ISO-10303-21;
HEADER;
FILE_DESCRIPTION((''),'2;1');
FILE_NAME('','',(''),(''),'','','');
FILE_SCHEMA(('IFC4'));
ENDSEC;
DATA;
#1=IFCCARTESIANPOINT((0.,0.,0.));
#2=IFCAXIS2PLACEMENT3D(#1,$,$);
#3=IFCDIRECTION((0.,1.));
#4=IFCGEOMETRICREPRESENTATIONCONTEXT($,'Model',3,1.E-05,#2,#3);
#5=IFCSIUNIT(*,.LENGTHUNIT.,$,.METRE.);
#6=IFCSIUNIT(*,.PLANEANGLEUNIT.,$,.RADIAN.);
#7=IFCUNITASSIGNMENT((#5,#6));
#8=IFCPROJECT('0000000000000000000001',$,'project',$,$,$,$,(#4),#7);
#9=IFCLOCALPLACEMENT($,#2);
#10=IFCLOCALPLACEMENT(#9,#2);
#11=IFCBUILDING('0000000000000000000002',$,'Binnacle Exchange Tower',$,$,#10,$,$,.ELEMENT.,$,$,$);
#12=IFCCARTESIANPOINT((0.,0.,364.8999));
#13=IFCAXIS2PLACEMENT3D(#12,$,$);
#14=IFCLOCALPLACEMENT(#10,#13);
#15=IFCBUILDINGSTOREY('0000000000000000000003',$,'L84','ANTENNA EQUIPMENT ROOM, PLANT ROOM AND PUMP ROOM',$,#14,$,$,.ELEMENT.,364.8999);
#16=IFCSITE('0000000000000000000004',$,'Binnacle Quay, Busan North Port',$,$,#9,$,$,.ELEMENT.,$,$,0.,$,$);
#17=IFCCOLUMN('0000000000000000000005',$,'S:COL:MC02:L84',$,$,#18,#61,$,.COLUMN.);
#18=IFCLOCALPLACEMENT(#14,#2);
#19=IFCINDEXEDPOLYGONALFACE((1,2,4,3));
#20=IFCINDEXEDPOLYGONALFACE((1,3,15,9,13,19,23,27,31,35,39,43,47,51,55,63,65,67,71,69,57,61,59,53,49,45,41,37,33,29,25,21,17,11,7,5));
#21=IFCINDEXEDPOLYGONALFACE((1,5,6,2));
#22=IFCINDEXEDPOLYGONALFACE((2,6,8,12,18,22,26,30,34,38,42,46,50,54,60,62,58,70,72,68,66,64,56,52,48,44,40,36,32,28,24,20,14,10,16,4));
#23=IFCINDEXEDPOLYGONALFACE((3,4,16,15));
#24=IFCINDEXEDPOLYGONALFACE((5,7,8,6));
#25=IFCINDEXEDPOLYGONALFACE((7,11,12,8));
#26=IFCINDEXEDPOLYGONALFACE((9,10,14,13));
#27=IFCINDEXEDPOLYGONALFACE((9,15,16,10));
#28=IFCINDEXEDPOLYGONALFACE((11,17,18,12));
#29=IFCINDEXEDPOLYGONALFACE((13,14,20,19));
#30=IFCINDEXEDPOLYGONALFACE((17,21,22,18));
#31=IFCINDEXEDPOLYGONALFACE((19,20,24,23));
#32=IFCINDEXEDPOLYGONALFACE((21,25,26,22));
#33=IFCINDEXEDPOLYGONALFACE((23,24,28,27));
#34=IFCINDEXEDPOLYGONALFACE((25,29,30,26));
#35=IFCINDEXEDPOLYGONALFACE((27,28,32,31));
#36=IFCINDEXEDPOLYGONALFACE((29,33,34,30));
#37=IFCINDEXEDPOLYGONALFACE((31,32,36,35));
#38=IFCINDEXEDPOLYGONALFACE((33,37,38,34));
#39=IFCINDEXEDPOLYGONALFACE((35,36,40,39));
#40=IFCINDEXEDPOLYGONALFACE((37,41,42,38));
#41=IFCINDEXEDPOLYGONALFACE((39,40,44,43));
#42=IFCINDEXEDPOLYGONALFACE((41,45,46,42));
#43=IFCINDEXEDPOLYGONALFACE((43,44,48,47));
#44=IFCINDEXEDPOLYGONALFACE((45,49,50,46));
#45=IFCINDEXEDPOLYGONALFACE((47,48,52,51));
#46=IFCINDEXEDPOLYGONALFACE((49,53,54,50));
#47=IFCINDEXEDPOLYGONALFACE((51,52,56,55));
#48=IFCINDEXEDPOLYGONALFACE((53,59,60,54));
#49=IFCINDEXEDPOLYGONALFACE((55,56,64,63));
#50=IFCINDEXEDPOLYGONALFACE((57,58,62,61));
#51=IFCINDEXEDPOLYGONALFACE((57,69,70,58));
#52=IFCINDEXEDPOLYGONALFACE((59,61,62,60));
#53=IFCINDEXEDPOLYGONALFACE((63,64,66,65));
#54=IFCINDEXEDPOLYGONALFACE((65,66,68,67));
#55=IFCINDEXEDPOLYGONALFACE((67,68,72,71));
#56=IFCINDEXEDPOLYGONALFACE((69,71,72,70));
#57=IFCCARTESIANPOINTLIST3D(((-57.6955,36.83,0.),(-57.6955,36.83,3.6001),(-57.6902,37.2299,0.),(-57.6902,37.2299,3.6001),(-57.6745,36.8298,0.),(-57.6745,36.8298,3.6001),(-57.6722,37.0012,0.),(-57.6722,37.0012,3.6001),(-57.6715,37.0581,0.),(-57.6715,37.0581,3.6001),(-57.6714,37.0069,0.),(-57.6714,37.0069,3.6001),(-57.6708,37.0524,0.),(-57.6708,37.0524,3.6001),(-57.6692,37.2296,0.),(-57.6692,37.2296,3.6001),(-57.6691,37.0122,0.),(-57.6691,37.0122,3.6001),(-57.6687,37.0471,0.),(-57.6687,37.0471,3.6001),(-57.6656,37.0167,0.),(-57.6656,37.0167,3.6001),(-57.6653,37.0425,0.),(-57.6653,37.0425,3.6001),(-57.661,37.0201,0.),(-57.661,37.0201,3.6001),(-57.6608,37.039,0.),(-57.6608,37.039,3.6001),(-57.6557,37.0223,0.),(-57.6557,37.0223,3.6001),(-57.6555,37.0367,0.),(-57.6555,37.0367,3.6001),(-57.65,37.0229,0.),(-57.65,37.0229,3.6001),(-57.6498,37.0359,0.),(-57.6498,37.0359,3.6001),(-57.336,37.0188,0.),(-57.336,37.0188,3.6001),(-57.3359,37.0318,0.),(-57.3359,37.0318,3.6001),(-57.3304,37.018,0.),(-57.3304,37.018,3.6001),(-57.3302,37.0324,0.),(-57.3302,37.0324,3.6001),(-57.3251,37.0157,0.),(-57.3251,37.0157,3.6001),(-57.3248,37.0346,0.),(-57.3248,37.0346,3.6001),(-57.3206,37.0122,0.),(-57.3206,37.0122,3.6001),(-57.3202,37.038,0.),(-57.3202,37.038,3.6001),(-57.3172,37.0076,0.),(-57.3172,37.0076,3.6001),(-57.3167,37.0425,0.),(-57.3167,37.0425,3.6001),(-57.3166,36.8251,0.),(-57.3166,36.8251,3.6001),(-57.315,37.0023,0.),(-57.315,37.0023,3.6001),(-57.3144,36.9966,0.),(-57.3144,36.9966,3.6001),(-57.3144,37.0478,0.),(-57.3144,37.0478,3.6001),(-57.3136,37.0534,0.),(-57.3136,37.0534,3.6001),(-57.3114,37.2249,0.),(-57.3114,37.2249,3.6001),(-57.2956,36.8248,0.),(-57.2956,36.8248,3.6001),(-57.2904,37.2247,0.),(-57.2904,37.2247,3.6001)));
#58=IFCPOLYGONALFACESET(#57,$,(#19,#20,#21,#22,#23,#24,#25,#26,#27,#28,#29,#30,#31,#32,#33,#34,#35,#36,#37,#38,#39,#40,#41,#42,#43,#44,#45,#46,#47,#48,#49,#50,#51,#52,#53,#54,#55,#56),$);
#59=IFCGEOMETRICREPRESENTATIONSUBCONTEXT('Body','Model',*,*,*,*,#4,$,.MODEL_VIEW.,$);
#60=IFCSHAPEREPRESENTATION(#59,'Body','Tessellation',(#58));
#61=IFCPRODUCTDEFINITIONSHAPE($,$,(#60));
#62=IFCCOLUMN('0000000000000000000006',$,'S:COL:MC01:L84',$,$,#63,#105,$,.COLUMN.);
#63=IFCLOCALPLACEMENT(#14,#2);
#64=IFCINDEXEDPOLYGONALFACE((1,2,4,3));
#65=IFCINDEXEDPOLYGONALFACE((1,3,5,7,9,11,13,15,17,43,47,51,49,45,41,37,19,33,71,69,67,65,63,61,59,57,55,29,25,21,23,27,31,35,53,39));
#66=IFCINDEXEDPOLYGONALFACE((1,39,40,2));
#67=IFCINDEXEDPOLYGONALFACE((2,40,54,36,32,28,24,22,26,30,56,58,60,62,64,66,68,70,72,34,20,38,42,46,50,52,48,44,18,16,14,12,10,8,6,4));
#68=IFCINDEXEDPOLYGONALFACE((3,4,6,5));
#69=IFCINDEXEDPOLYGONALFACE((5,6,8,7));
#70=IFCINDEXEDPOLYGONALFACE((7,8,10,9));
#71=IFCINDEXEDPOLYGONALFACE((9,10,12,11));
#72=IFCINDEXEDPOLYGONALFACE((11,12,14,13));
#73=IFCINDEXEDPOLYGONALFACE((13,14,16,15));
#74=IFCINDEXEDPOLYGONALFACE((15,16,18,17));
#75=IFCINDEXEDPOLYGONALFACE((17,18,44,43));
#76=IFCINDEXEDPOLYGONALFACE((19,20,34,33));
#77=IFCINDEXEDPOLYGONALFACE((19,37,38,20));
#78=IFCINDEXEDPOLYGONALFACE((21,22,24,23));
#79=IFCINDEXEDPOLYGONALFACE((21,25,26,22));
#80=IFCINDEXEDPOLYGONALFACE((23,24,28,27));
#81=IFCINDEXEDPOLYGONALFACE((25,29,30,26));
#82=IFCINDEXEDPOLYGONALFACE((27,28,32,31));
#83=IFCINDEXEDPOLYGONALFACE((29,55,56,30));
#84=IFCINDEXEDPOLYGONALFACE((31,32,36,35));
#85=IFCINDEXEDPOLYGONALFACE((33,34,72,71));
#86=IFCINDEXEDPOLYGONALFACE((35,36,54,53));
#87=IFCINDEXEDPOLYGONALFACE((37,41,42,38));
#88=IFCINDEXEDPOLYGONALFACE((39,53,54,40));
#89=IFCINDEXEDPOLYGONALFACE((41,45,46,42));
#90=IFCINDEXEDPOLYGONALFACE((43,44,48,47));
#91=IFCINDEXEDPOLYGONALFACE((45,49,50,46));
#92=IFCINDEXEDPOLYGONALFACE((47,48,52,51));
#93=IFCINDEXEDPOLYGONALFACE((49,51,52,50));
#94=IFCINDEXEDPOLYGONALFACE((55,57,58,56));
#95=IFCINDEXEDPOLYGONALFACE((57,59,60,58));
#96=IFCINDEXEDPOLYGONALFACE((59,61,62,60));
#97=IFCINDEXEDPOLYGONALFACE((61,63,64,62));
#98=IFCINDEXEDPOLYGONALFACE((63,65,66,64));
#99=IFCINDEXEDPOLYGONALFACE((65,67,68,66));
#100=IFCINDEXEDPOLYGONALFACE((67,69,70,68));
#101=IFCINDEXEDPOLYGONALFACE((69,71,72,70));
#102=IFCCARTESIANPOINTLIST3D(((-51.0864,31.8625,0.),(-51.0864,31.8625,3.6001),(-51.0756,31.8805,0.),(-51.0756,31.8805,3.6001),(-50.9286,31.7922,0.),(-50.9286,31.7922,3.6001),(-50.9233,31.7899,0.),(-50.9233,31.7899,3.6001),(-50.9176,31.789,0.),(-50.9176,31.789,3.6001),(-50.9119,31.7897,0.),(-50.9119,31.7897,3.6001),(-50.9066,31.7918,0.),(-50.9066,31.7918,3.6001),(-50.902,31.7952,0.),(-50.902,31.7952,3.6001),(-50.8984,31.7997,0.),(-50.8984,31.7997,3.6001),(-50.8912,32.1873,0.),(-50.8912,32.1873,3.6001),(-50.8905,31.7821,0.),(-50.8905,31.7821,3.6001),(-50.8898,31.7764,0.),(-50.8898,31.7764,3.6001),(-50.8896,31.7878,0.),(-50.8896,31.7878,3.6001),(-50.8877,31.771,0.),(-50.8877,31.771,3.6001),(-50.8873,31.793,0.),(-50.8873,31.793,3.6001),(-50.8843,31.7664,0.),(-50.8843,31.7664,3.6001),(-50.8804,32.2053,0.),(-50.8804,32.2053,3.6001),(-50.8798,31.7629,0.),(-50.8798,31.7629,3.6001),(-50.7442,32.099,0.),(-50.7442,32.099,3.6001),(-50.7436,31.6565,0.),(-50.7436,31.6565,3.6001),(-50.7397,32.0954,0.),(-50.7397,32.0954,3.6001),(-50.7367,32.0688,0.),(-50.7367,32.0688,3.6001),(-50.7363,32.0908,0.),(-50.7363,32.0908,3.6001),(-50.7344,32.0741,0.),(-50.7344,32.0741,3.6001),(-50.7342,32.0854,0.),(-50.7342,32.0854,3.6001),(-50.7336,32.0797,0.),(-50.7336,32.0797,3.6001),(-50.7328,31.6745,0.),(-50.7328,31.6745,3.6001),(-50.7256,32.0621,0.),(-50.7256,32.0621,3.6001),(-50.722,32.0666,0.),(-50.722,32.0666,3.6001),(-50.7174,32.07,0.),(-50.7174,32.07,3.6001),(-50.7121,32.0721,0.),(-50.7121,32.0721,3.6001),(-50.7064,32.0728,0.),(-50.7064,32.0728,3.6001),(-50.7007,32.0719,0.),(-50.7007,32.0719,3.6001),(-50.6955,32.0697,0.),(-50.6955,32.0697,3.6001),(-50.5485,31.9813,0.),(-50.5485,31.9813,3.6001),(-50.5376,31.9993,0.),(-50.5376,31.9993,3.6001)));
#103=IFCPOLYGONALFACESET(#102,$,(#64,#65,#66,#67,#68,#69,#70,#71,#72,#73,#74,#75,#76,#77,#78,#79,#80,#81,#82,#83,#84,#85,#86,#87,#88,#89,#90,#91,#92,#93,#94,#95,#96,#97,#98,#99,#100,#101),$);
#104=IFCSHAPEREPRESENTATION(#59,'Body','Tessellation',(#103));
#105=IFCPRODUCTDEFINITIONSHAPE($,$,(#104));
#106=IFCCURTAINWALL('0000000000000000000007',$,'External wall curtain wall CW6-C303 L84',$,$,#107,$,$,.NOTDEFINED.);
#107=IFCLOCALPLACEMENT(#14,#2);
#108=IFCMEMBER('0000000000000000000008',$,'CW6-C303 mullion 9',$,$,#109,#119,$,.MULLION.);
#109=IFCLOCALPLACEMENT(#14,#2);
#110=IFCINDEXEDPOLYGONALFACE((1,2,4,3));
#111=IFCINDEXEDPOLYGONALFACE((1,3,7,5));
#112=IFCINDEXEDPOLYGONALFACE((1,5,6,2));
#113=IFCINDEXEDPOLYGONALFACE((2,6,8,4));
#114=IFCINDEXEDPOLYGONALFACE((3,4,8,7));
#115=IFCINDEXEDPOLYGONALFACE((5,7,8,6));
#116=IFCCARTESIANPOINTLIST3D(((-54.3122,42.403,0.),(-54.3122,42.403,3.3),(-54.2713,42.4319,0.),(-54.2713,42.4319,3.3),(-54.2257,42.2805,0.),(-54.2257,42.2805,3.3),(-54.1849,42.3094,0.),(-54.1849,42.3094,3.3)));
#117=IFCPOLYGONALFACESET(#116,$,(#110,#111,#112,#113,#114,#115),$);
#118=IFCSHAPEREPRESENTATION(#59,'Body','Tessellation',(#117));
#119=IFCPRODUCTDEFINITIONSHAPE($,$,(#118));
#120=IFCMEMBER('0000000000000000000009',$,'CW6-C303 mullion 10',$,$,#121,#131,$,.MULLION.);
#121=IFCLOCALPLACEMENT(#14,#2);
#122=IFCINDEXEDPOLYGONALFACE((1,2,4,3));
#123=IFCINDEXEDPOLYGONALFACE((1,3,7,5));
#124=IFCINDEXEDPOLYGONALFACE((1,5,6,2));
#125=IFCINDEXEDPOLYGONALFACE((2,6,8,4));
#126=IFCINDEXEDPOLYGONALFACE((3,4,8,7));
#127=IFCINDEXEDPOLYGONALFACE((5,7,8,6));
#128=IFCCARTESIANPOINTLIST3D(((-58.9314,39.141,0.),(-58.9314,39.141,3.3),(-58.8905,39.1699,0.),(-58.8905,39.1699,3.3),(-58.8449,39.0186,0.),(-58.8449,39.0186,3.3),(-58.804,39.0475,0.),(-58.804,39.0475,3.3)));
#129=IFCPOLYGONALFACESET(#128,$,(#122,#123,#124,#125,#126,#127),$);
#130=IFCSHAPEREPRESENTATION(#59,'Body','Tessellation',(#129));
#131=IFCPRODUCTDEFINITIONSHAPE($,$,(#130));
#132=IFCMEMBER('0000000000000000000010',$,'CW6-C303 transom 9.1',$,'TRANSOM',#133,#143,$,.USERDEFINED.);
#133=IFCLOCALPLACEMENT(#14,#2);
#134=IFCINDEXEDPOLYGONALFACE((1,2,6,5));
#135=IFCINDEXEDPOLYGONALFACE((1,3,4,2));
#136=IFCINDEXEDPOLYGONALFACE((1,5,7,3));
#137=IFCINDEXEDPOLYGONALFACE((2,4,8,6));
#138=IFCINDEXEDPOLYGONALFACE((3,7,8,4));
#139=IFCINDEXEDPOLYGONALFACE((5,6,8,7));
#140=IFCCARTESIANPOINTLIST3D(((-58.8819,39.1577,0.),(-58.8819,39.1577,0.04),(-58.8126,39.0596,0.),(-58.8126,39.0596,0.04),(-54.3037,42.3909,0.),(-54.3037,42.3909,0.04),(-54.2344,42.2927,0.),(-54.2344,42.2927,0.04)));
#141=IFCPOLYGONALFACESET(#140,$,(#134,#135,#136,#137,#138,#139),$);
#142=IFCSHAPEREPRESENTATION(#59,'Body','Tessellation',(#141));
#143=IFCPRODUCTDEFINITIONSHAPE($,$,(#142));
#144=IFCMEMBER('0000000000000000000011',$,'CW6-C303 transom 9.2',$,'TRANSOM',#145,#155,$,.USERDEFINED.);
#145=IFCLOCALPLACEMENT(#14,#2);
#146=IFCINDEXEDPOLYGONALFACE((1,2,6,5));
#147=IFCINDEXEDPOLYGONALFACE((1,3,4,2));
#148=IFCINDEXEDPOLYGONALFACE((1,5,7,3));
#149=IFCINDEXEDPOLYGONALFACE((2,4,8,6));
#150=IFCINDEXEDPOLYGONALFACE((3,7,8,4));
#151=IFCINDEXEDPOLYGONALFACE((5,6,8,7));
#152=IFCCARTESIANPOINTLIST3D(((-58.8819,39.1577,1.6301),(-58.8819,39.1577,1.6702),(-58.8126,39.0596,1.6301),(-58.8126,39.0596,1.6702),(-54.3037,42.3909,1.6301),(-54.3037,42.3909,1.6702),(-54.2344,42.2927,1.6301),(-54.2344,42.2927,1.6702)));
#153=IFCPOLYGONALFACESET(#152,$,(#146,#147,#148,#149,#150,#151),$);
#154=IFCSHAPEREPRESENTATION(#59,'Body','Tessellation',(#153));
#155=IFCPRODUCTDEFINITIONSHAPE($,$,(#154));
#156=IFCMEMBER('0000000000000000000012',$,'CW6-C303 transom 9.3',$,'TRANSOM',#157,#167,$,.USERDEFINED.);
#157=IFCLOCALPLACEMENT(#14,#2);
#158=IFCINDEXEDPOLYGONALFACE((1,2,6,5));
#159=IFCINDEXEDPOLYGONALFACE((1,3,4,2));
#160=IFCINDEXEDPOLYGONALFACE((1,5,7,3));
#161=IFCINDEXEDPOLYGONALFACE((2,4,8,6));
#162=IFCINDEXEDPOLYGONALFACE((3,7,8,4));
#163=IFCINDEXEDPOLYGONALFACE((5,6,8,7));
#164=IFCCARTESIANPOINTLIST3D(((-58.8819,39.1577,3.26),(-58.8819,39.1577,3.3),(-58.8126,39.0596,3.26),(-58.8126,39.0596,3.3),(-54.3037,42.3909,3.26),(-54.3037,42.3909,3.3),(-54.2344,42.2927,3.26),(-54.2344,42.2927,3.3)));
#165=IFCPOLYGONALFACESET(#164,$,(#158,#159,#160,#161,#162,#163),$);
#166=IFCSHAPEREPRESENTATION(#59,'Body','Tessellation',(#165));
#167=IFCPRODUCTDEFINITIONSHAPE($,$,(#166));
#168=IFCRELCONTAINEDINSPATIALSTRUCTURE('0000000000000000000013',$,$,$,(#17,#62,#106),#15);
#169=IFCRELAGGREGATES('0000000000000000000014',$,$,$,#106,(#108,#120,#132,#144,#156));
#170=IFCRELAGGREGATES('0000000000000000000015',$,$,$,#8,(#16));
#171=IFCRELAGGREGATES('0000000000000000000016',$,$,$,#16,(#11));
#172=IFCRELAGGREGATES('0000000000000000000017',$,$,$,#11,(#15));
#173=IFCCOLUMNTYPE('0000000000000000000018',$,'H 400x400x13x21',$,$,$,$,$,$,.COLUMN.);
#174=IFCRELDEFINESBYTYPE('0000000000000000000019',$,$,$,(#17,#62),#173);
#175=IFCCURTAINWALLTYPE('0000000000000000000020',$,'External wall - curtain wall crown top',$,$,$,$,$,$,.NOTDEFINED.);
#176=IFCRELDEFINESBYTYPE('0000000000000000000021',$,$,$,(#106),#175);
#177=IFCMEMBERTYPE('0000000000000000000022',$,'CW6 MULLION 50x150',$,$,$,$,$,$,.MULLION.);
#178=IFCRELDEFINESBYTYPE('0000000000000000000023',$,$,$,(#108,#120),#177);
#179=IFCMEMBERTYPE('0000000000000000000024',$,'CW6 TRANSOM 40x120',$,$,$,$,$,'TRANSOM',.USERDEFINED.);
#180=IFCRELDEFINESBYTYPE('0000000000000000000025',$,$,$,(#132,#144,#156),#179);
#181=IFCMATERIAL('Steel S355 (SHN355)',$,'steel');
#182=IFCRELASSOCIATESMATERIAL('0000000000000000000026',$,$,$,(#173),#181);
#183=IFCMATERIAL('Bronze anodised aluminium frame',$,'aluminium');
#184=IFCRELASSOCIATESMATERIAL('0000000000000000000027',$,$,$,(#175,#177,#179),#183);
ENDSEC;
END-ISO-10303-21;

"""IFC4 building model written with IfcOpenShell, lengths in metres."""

from ifc_helpers import new_model, si_unit, direction, frame, origin, origin_2d, place, context, subcontext, project, spatial, rectangle, i_section, extrude, material, material_profile, profile_set, type_object, element, aggregate, save


model = new_model("IFC4")

# Units and contexts
model_context = context("Model", 3, precision=1e-05, world=origin(), true_north=direction((0.0, 1.0)))
body_context = subcontext(model_context, "Body", "Model", "MODEL_VIEW")
ifc_project = project(units=[si_unit("LENGTHUNIT", "METRE"), si_unit("PLANEANGLEUNIT", "RADIAN")], contexts=[model_context])

# Site, building, storey
site_placement = place(None, origin())
site = spatial("IfcSite", under=ifc_project, at=site_placement, Name="Binnacle Quay, Busan North Port", CompositionType="ELEMENT", RefElevation=0.0)
building_placement = place(site_placement, origin())
building = spatial("IfcBuilding", under=site, at=building_placement, Name="Binnacle Exchange Tower", CompositionType="ELEMENT")
storey_placement = place(building_placement, frame((0.0, 0.0, 364.8999)))
storey = spatial("IfcBuildingStorey", under=building, at=storey_placement, Name="L84", Description="ANTENNA EQUIPMENT ROOM, PLANT ROOM AND PUMP ROOM", CompositionType="ELEMENT", Elevation=364.8999)

# Columns
ifc_material_1 = material(Name="Steel S355 (SHN355)", Category="steel")
ifc_material_profile_1 = material_profile(ifc_material_1, i_section(OverallWidth=0.3999, OverallDepth=0.3999, WebThickness=0.0129, FlangeThickness=0.021, FilletRadius=0.022, at=origin_2d()), Name="H 400x400x13x21")
ifc_profile_set_1 = profile_set([ifc_material_profile_1], Name="Steel S355 (SHN355)")
column_type = type_object("IfcColumnType", Name="H 400x400x13x21", PredefinedType="COLUMN", material=ifc_profile_set_1)
for number, where, z_axis, x_axis, name in (
    (1, (-57.4929, 37.0273, 0.0), (0.0, 0.0, 1.0), (-0.01309, -0.999914, 0.0), "S:COL:MC02:L84"),
    (2, (-50.812, 31.9309, 0.0), (0.0, 0.0, 1.0), (0.857167, -0.515038, 0.0), "S:COL:MC01:L84"),
):
    element("IfcColumn", number, at=place(storey_placement, frame(where, z_axis=z_axis, x_axis=x_axis)), inside=storey, type_object=column_type, Name=name, PredefinedType="COLUMN", context=body_context, shape_type="SweptSolid", body=[
        extrude(i_section(OverallWidth=0.3999, OverallDepth=0.3999, WebThickness=0.0129, FlangeThickness=0.021, FilletRadius=0.022, at=origin_2d()), origin(), (0.0, 0.0, 1.0), 3.6001),
    ])

# Curtain wall, members
ifc_material_2 = material(Name="Bronze anodised aluminium frame", Category="aluminium")
curtain_wall_type = type_object("IfcCurtainWallType", Name="External wall - curtain wall crown top", PredefinedType="NOTDEFINED", material=ifc_material_2)
curtain_wall_placement = place(storey_placement, origin())
curtain_wall = element("IfcCurtainWall", 3, at=curtain_wall_placement, inside=storey, type_object=curtain_wall_type, Name="External wall curtain wall CW6-C303 L84", PredefinedType="NOTDEFINED")
ifc_material_profile_2 = material_profile(ifc_material_2, rectangle(XDim=0.1499, YDim=0.05, at=origin_2d()), Name="AL 50x150")
ifc_profile_set_2 = profile_set([ifc_material_profile_2], Name="Bronze anodised aluminium frame")
member_type_1 = type_object("IfcMemberType", Name="CW6 MULLION 50x150", PredefinedType="MULLION", material=ifc_profile_set_2)
member_1_placement = place(storey_placement, frame((-54.2485, 42.3562, 0.0), z_axis=(0.0, 0.0, 1.0), x_axis=(0.576854, -0.816847, 0.0)))
member_1 = element("IfcMember", 4, at=member_1_placement, type_object=member_type_1, Name="CW6-C303 mullion 9", PredefinedType="MULLION", context=body_context, shape_type="SweptSolid", body=[
    extrude(rectangle(XDim=0.1499, YDim=0.05, at=origin_2d()), origin(), (0.0, 0.0, 1.0), 3.3),
])
member_2_placement = place(storey_placement, frame((-58.8677, 39.0942, 0.0), z_axis=(0.0, 0.0, 1.0), x_axis=(0.576854, -0.816847, 0.0)))
member_2 = element("IfcMember", 5, at=member_2_placement, type_object=member_type_1, Name="CW6-C303 mullion 10", PredefinedType="MULLION", context=body_context, shape_type="SweptSolid", body=[
    extrude(rectangle(XDim=0.1499, YDim=0.05, at=origin_2d()), origin(), (0.0, 0.0, 1.0), 3.3),
])
ifc_material_profile_3 = material_profile(ifc_material_2, rectangle(XDim=0.1201, YDim=0.04, at=origin_2d()), Name="AL 120x40")
ifc_profile_set_3 = profile_set([ifc_material_profile_3], Name="Bronze anodised aluminium frame")
member_type_2 = type_object("IfcMemberType", Name="CW6 TRANSOM 40x120", ElementType="TRANSOM", PredefinedType="USERDEFINED", material=ifc_profile_set_3)
member_3_placement = place(storey_placement, frame((-54.269, 42.3418, 0.02), z_axis=(-0.816839, -0.576866, 0.0), x_axis=(0.576866, -0.816839, 0.0)))
member_3 = element("IfcMember", 6, at=member_3_placement, type_object=member_type_2, Name="CW6-C303 transom 9.1", ObjectType="TRANSOM", PredefinedType="USERDEFINED", context=body_context, shape_type="SweptSolid", body=[
    extrude(rectangle(XDim=0.1201, YDim=0.04, at=origin_2d()), origin(), (0.0, 0.0, 1.0), 5.6047),
])
member_4_placement = place(storey_placement, frame((-54.269, 42.3418, 1.6501), z_axis=(-0.816839, -0.576866, 0.0), x_axis=(0.576866, -0.816839, 0.0)))
member_4 = element("IfcMember", 7, at=member_4_placement, type_object=member_type_2, Name="CW6-C303 transom 9.2", ObjectType="TRANSOM", PredefinedType="USERDEFINED", context=body_context, shape_type="SweptSolid", body=[
    extrude(rectangle(XDim=0.1201, YDim=0.04, at=origin_2d()), origin(), (0.0, 0.0, 1.0), 5.6047),
])
member_5_placement = place(storey_placement, frame((-54.269, 42.3418, 3.28), z_axis=(-0.816839, -0.576866, 0.0), x_axis=(0.576866, -0.816839, 0.0)))
member_5 = element("IfcMember", 8, at=member_5_placement, type_object=member_type_2, Name="CW6-C303 transom 9.3", ObjectType="TRANSOM", PredefinedType="USERDEFINED", context=body_context, shape_type="SweptSolid", body=[
    extrude(rectangle(XDim=0.1201, YDim=0.04, at=origin_2d()), origin(), (0.0, 0.0, 1.0), 5.6047),
])

aggregate(curtain_wall, [member_1, member_2, member_3, member_4, member_5])

save(model, "model.ifc")
